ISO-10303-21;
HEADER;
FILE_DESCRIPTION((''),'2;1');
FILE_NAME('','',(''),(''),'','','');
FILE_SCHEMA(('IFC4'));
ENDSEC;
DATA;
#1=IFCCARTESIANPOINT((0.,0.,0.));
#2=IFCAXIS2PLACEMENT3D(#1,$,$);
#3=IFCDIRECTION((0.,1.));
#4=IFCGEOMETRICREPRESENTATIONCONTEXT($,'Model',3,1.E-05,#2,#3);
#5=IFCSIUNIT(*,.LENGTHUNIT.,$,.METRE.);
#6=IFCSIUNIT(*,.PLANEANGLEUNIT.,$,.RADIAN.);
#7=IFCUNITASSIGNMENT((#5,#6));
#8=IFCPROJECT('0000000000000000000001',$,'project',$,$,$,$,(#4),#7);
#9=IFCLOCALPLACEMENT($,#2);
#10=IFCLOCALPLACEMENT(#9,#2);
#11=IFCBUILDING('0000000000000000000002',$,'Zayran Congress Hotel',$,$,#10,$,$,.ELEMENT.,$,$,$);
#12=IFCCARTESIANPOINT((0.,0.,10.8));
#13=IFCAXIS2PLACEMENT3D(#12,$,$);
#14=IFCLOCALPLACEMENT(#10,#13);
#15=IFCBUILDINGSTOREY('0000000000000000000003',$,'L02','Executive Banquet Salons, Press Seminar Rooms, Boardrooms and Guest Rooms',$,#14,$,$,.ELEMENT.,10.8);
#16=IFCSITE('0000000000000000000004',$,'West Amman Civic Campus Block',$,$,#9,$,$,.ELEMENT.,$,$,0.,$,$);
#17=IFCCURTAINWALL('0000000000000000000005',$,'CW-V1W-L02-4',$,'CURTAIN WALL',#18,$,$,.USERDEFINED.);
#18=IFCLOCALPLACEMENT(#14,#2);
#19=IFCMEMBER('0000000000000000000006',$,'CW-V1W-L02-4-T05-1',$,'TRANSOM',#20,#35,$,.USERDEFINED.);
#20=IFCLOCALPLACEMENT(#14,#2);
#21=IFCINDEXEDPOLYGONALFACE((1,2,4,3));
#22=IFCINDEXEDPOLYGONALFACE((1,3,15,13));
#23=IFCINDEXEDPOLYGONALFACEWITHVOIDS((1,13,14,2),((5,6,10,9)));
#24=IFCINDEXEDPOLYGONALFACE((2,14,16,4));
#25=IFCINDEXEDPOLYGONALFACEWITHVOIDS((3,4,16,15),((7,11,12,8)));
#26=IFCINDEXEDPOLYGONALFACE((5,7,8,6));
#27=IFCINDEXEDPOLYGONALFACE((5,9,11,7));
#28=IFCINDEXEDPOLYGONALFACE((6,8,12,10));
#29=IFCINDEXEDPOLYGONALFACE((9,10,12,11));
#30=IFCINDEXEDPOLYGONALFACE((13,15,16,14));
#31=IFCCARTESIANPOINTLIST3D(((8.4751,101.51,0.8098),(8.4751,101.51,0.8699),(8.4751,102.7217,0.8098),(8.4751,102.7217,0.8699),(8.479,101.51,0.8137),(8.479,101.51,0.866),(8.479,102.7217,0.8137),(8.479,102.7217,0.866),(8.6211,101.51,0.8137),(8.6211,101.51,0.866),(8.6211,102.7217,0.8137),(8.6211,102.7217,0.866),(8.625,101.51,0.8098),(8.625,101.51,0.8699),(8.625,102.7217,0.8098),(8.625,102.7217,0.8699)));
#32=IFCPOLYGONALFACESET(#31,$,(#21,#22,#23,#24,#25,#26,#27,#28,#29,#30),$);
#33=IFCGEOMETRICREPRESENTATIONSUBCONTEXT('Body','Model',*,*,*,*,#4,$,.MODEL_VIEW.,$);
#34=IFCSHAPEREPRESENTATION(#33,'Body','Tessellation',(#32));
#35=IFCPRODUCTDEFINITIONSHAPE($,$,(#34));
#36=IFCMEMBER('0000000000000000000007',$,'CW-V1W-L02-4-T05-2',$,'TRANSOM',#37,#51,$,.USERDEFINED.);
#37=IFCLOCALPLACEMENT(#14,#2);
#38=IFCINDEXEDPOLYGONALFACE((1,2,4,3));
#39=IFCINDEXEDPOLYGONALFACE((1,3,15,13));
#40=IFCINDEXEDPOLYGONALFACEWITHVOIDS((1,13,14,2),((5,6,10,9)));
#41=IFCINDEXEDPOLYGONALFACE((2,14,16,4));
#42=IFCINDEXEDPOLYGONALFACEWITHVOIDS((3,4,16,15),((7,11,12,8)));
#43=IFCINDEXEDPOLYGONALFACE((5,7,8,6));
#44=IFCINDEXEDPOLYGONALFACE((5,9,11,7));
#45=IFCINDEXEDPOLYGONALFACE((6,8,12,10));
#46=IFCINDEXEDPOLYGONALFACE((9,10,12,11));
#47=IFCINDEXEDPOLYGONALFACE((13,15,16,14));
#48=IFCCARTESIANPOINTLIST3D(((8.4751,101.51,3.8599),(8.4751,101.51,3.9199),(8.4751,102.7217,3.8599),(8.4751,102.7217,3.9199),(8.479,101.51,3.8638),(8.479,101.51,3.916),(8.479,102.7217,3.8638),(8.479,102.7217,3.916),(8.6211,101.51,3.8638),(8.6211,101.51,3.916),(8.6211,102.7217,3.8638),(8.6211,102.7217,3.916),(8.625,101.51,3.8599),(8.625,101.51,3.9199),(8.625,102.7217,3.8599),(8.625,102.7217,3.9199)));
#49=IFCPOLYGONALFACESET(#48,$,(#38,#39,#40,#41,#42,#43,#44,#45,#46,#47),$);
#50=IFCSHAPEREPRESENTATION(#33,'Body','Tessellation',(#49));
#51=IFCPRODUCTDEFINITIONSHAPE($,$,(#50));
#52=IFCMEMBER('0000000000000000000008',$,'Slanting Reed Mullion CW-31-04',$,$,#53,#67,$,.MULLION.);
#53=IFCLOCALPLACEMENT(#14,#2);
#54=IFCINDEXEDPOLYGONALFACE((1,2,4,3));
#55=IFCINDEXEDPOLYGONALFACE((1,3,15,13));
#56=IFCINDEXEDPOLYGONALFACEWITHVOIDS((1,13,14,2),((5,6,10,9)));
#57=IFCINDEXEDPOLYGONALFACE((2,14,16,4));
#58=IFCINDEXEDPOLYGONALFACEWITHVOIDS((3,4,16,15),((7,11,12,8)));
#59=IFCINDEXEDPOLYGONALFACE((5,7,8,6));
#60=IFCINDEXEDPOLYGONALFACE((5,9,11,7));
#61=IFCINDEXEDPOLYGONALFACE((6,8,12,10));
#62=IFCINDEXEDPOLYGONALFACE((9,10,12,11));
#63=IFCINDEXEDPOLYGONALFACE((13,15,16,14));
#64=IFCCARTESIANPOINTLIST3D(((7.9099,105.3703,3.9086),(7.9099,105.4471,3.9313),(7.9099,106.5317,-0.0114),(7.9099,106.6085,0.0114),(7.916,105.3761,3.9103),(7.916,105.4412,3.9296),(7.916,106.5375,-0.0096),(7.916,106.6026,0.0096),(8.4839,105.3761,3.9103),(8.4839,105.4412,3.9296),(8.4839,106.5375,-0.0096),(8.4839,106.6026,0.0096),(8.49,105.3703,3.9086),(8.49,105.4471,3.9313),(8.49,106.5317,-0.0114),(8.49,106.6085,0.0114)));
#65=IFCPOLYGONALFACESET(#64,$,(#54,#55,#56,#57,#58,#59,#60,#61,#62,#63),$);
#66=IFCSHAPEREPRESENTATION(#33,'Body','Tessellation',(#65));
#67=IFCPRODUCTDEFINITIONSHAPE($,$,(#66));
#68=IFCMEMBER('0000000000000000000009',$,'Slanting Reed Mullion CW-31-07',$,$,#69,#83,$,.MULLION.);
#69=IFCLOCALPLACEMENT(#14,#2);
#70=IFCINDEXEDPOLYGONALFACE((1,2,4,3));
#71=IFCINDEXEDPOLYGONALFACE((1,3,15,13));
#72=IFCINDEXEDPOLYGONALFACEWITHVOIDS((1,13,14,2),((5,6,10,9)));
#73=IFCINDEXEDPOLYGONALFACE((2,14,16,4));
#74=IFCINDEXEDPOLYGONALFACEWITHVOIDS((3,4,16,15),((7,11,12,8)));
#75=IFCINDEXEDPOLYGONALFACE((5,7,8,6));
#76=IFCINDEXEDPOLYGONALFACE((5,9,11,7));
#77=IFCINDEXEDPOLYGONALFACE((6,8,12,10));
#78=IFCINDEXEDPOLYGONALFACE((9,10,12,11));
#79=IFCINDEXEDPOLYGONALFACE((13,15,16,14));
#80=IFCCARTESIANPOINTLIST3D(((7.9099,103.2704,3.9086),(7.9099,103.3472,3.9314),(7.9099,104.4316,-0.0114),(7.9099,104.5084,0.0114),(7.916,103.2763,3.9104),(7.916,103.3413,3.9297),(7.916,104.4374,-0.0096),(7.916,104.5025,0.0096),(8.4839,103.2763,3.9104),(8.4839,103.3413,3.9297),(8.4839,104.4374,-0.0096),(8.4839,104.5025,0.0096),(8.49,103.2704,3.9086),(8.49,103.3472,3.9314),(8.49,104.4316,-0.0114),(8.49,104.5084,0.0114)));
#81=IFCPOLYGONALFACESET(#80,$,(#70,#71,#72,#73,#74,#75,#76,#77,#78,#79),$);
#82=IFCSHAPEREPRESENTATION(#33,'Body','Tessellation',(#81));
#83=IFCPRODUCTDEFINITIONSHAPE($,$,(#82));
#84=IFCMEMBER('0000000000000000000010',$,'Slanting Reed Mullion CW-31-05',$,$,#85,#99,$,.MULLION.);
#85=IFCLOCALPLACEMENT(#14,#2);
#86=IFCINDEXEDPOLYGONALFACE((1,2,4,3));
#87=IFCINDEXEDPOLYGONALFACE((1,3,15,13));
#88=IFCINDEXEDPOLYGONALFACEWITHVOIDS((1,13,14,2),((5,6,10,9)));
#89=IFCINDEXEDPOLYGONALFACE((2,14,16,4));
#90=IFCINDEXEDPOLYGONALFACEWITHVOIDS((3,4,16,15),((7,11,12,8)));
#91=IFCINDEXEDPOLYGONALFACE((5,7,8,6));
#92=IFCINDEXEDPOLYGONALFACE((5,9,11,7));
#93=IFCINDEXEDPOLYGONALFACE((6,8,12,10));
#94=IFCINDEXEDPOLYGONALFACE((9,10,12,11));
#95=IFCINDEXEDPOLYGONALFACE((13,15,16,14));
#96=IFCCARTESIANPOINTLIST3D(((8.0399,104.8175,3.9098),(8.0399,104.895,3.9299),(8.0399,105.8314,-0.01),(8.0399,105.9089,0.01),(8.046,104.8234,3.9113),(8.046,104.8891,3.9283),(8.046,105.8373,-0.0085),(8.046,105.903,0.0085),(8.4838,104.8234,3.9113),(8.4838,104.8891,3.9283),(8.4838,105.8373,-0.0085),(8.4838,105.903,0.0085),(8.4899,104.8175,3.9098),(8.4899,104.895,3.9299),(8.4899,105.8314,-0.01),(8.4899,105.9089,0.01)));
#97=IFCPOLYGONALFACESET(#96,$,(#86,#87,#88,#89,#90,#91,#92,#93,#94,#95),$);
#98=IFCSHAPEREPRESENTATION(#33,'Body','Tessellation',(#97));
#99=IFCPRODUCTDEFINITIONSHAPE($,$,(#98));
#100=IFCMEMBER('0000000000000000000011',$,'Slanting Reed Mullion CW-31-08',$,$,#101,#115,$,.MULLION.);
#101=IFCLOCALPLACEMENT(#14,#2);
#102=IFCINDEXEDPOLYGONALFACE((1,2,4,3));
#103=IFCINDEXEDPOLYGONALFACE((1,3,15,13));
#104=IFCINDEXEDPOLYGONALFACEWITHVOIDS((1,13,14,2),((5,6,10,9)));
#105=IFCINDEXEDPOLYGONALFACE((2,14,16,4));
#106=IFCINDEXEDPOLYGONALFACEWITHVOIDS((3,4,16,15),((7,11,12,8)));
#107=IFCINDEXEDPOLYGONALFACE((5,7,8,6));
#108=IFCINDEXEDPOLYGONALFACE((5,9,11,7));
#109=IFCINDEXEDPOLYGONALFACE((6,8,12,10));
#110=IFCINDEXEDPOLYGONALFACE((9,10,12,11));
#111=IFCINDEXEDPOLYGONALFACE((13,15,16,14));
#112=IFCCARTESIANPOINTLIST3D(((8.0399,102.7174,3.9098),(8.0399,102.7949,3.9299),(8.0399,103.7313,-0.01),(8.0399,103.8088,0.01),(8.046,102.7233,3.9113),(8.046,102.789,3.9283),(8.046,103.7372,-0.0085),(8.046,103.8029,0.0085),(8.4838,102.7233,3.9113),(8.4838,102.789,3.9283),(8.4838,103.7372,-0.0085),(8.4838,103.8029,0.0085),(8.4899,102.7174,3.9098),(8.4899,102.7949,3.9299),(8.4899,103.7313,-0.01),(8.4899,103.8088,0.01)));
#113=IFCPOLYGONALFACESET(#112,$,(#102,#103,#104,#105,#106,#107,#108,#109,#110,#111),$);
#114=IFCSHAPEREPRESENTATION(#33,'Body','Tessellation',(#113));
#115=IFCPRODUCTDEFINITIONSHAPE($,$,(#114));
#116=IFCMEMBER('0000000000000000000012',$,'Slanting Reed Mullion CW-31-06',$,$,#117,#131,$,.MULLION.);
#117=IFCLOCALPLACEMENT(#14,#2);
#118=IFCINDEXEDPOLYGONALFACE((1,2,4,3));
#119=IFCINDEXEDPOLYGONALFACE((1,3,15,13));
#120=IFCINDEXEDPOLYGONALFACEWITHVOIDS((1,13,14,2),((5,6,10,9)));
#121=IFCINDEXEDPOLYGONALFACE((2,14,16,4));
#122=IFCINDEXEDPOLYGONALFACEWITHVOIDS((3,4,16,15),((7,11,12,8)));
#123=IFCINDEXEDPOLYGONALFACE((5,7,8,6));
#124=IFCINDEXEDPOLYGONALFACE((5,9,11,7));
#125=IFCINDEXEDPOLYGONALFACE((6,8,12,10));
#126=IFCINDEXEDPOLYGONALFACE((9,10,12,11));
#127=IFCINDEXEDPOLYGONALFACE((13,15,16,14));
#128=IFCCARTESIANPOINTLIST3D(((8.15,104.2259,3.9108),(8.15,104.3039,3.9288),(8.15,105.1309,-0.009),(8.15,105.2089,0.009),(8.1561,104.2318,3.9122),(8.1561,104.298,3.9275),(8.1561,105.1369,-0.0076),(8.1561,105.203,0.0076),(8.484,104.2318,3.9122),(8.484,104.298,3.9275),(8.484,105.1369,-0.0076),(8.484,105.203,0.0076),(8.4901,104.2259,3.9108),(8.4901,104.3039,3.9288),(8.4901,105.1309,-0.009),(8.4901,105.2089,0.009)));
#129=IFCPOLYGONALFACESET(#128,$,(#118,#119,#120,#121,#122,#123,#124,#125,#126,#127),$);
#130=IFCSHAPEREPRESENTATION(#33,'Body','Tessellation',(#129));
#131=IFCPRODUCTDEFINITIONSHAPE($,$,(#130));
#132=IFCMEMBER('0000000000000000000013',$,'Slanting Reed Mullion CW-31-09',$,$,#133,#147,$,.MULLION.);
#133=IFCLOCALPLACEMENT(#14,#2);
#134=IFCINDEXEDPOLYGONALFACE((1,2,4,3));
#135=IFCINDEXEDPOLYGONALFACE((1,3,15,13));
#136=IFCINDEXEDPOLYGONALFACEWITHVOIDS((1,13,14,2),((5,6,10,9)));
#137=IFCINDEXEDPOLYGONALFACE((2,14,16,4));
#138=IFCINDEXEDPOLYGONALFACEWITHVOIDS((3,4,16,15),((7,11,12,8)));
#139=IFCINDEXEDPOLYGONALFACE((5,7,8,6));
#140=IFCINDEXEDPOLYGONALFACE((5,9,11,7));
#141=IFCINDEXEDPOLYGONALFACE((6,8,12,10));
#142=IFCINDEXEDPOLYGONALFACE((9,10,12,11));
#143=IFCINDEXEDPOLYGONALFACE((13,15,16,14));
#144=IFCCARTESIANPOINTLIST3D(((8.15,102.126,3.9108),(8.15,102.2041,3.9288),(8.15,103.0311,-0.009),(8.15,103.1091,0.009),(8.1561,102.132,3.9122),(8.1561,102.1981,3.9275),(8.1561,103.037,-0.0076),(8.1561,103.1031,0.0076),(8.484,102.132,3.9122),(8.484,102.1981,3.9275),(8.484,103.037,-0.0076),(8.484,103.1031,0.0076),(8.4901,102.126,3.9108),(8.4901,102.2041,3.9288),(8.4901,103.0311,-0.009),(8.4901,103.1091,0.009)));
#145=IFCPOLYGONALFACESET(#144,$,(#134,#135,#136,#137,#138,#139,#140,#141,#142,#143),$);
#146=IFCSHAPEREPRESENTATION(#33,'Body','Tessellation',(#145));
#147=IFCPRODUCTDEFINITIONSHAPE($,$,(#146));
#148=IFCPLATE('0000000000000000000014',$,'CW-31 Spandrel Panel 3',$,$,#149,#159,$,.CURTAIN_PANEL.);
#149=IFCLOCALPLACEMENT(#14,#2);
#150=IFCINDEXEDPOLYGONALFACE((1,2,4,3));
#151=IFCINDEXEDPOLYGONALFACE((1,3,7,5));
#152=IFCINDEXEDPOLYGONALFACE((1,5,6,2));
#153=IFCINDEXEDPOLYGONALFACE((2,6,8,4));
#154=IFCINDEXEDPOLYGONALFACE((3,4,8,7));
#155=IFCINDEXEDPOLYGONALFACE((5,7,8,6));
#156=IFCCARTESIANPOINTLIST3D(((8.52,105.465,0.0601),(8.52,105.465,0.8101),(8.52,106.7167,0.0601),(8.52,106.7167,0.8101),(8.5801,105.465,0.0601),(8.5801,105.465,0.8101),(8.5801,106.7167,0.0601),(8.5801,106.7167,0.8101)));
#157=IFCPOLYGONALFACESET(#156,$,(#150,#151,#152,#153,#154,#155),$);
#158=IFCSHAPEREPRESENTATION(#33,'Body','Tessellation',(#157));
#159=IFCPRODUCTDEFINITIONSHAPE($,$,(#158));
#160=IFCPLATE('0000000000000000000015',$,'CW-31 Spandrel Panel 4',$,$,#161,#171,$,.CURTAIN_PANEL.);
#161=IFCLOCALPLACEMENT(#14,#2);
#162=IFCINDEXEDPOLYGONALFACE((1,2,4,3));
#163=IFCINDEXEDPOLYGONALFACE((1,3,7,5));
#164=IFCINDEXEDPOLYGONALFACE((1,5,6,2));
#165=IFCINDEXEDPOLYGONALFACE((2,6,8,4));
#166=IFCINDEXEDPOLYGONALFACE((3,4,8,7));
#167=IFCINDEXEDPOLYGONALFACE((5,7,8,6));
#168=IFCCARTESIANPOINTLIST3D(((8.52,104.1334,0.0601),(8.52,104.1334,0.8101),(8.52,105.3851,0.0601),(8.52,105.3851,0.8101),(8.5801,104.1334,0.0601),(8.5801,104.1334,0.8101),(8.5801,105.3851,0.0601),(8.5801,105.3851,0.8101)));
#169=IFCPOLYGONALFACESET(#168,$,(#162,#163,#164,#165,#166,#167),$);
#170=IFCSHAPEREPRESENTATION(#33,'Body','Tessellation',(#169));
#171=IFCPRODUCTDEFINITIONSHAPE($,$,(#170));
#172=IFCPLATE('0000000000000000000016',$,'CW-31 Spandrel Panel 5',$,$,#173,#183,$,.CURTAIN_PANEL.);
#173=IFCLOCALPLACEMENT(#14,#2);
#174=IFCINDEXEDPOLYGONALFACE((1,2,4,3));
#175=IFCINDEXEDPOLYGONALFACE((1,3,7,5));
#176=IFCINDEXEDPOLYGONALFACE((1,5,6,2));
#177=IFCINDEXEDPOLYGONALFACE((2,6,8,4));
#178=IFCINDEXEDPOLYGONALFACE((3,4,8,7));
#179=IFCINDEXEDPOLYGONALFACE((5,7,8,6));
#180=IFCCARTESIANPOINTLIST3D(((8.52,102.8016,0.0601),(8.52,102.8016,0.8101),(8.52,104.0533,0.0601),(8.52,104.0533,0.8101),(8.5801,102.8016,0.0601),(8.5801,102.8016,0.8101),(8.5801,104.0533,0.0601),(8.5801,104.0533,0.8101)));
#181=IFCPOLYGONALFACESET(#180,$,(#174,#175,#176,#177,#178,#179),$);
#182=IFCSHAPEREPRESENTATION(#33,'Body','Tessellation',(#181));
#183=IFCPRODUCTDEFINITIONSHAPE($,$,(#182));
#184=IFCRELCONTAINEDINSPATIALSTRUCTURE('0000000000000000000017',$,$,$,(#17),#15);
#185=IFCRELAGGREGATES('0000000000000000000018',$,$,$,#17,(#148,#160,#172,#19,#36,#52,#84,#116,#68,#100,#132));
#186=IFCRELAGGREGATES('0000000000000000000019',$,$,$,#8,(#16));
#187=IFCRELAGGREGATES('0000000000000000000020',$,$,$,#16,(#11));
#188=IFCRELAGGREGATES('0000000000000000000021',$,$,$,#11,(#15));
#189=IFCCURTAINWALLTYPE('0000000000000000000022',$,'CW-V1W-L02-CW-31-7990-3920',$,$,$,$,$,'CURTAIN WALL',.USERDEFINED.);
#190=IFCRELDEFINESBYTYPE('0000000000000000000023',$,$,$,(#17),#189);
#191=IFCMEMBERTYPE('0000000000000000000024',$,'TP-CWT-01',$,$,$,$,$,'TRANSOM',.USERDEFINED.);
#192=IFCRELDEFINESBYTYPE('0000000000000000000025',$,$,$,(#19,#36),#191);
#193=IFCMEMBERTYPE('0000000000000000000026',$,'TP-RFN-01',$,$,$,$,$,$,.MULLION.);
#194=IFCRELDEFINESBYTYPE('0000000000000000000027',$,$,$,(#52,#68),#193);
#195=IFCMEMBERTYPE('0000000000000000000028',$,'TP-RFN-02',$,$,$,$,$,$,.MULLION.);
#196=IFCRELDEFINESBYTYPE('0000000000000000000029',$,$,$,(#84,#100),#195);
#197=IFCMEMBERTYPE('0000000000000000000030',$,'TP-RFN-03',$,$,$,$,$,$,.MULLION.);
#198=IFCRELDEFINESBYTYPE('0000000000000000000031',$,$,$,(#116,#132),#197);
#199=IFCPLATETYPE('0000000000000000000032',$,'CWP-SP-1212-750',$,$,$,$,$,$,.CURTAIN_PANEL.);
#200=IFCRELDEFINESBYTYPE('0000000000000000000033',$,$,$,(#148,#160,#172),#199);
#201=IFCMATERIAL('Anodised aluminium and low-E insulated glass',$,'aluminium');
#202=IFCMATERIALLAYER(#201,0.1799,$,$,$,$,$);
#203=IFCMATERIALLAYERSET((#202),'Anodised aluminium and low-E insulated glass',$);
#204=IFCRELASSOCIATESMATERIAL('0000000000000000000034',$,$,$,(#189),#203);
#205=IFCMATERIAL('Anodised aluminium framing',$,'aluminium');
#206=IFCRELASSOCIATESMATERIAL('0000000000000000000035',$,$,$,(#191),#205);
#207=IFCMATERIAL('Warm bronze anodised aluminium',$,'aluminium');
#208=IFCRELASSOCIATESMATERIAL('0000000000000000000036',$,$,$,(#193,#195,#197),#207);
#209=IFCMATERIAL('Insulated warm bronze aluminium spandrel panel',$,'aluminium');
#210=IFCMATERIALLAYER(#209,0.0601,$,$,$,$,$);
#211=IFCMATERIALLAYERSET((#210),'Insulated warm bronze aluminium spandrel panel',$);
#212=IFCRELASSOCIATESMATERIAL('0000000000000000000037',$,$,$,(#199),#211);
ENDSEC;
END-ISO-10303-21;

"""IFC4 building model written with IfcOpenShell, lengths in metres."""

from ifc_helpers import new_model, si_unit, direction, frame, origin, origin_2d, place, context, subcontext, project, spatial, rectangle, hollow_rectangle, extrude, material, layer, layer_set, material_profile, profile_set, type_object, element, aggregate, save


model = new_model("IFC4")

# Units and contexts
model_context = context("Model", 3, precision=1e-05, world=origin(), true_north=direction((0.0, 1.0)))
body_context = subcontext(model_context, "Body", "Model", "MODEL_VIEW")
ifc_project = project(units=[si_unit("LENGTHUNIT", "METRE"), si_unit("PLANEANGLEUNIT", "RADIAN")], contexts=[model_context])

# Site, building, storey
site_placement = place(None, origin())
site = spatial("IfcSite", under=ifc_project, at=site_placement, Name="West Amman Civic Campus Block", CompositionType="ELEMENT", RefElevation=0.0)
building_placement = place(site_placement, origin())
building = spatial("IfcBuilding", under=site, at=building_placement, Name="Zayran Congress Hotel", CompositionType="ELEMENT")
storey_placement = place(building_placement, frame((0.0, 0.0, 10.8)))
storey = spatial("IfcBuildingStorey", under=building, at=storey_placement, Name="L02", Description="Executive Banquet Salons, Press Seminar Rooms, Boardrooms and Guest Rooms", CompositionType="ELEMENT", Elevation=10.8)

# Curtain wall, members, plates
ifc_material_1 = material(Name="Anodised aluminium and low-E insulated glass", Category="aluminium")
ifc_layer_1 = layer(ifc_material_1, 0.1799)
ifc_layer_set_1 = layer_set([ifc_layer_1], Name="Anodised aluminium and low-E insulated glass")
curtain_wall_type = type_object("IfcCurtainWallType", Name="CW-V1W-L02-CW-31-7990-3920", ElementType="CURTAIN WALL", PredefinedType="USERDEFINED", material=ifc_layer_set_1)
curtain_wall_placement = place(storey_placement, origin())
curtain_wall = element("IfcCurtainWall", 1, at=curtain_wall_placement, inside=storey, type_object=curtain_wall_type, Name="CW-V1W-L02-4", ObjectType="CURTAIN WALL", PredefinedType="USERDEFINED")
ifc_material_2 = material(Name="Anodised aluminium framing", Category="aluminium")
ifc_material_profile_1 = material_profile(ifc_material_2, hollow_rectangle(XDim=0.0601, YDim=0.1499, WallThickness=0.0039, at=origin_2d()), Name="RHS 150x60x4")
ifc_profile_set_1 = profile_set([ifc_material_profile_1], Name="Anodised aluminium framing")
member_type_1 = type_object("IfcMemberType", Name="TP-CWT-01", ElementType="TRANSOM", PredefinedType="USERDEFINED", material=ifc_profile_set_1)
member_1_placement = place(storey_placement, frame((8.55, 102.7217, 0.8398), z_axis=(0.0, -1.0, 0.0), x_axis=(0.0, 0.0, 1.0)))
member_1 = element("IfcMember", 2, at=member_1_placement, type_object=member_type_1, Name="CW-V1W-L02-4-T05-1", ObjectType="TRANSOM", PredefinedType="USERDEFINED", context=body_context, shape_type="SweptSolid", body=[
    extrude(hollow_rectangle(XDim=0.0601, YDim=0.1499, WallThickness=0.0039, at=origin_2d()), origin(), (0.0, 0.0, 1.0), 1.2117),
])
member_2_placement = place(storey_placement, frame((8.55, 102.7217, 3.8899), z_axis=(0.0, -1.0, 0.0), x_axis=(0.0, 0.0, 1.0)))
member_2 = element("IfcMember", 3, at=member_2_placement, type_object=member_type_1, Name="CW-V1W-L02-4-T05-2", ObjectType="TRANSOM", PredefinedType="USERDEFINED", context=body_context, shape_type="SweptSolid", body=[
    extrude(hollow_rectangle(XDim=0.0601, YDim=0.1499, WallThickness=0.0039, at=origin_2d()), origin(), (0.0, 0.0, 1.0), 1.2117),
])
ifc_material_3 = material(Name="Warm bronze anodised aluminium", Category="aluminium")
ifc_material_profile_2 = material_profile(ifc_material_3, hollow_rectangle(XDim=0.0801, YDim=0.5801, WallThickness=0.0061, at=origin_2d()), Name="RHS 580x80x6")
ifc_profile_set_2 = profile_set([ifc_material_profile_2], Name="Warm bronze anodised aluminium")
member_type_2 = type_object("IfcMemberType", Name="TP-RFN-01", PredefinedType="MULLION", material=ifc_profile_set_2)
member_3_placement = place(storey_placement, frame((8.2, 106.5701, 0.0), z_axis=(0.0, -0.28407, 0.958804), x_axis=(0.0, 0.958804, 0.28407)))
member_3 = element("IfcMember", 4, at=member_3_placement, type_object=member_type_2, Name="Slanting Reed Mullion CW-31-04", PredefinedType="MULLION", context=body_context, shape_type="SweptSolid", body=[
    extrude(hollow_rectangle(XDim=0.0801, YDim=0.5801, WallThickness=0.0061, at=origin_2d()), origin(), (0.0, 0.0, 1.0), 4.0884),
])
member_4_placement = place(storey_placement, frame((8.2, 104.47, 0.0), z_axis=(0.0, -0.284015, 0.95882), x_axis=(0.0, 0.95882, 0.284015)))
member_4 = element("IfcMember", 5, at=member_4_placement, type_object=member_type_2, Name="Slanting Reed Mullion CW-31-07", PredefinedType="MULLION", context=body_context, shape_type="SweptSolid", body=[
    extrude(hollow_rectangle(XDim=0.0801, YDim=0.5801, WallThickness=0.0061, at=origin_2d()), origin(), (0.0, 0.0, 1.0), 4.0884),
])
ifc_material_profile_3 = material_profile(ifc_material_3, hollow_rectangle(XDim=0.0801, YDim=0.45, WallThickness=0.0061, at=origin_2d()), Name="RHS 450x80x6")
ifc_profile_set_3 = profile_set([ifc_material_profile_3], Name="Warm bronze anodised aluminium")
member_type_3 = type_object("IfcMemberType", Name="TP-RFN-02", PredefinedType="MULLION", material=ifc_profile_set_3)
member_5_placement = place(storey_placement, frame((8.2649, 105.8701, 0.0), z_axis=(0.0, -0.250416, 0.968138), x_axis=(0.0, 0.968138, 0.250416)))
member_5 = element("IfcMember", 6, at=member_5_placement, type_object=member_type_3, Name="Slanting Reed Mullion CW-31-05", PredefinedType="MULLION", context=body_context, shape_type="SweptSolid", body=[
    extrude(hollow_rectangle(XDim=0.0801, YDim=0.45, WallThickness=0.0061, at=origin_2d()), origin(), (0.0, 0.0, 1.0), 4.0488),
])
member_6_placement = place(storey_placement, frame((8.2649, 103.77, 0.0), z_axis=(0.0, -0.250416, 0.968138), x_axis=(0.0, 0.968138, 0.250416)))
member_6 = element("IfcMember", 7, at=member_6_placement, type_object=member_type_3, Name="Slanting Reed Mullion CW-31-08", PredefinedType="MULLION", context=body_context, shape_type="SweptSolid", body=[
    extrude(hollow_rectangle(XDim=0.0801, YDim=0.45, WallThickness=0.0061, at=origin_2d()), origin(), (0.0, 0.0, 1.0), 4.0488),
])
ifc_material_profile_4 = material_profile(ifc_material_3, hollow_rectangle(XDim=0.0801, YDim=0.3401, WallThickness=0.0061, at=origin_2d()), Name="RHS 340x80x6")
ifc_profile_set_4 = profile_set([ifc_material_profile_4], Name="Warm bronze anodised aluminium")
member_type_4 = type_object("IfcMemberType", Name="TP-RFN-03", PredefinedType="MULLION", material=ifc_profile_set_4)
member_7_placement = place(storey_placement, frame((8.3201, 105.1699, 0.0), z_axis=(0.0, -0.224961, 0.974368), x_axis=(0.0, 0.974368, 0.224961)))
member_7 = element("IfcMember", 8, at=member_7_placement, type_object=member_type_4, Name="Slanting Reed Mullion CW-31-06", PredefinedType="MULLION", context=body_context, shape_type="SweptSolid", body=[
    extrude(hollow_rectangle(XDim=0.0801, YDim=0.3401, WallThickness=0.0061, at=origin_2d()), origin(), (0.0, 0.0, 1.0), 4.0229),
])
member_8_placement = place(storey_placement, frame((8.3201, 103.0701, 0.0), z_axis=(0.0, -0.224961, 0.974368), x_axis=(0.0, 0.974368, 0.224961)))
member_8 = element("IfcMember", 9, at=member_8_placement, type_object=member_type_4, Name="Slanting Reed Mullion CW-31-09", PredefinedType="MULLION", context=body_context, shape_type="SweptSolid", body=[
    extrude(hollow_rectangle(XDim=0.0801, YDim=0.3401, WallThickness=0.0061, at=origin_2d()), origin(), (0.0, 0.0, 1.0), 4.0229),
])
ifc_material_4 = material(Name="Insulated warm bronze aluminium spandrel panel", Category="aluminium")
ifc_layer_2 = layer(ifc_material_4, 0.0601)
ifc_layer_set_2 = layer_set([ifc_layer_2], Name="Insulated warm bronze aluminium spandrel panel")
plate_type_1 = type_object("IfcPlateType", Name="CWP-SP-1212-750", PredefinedType="CURTAIN_PANEL", material=ifc_layer_set_2)
plate_1_placement = place(storey_placement, frame((8.55, 106.0908, 0.0601), z_axis=(0.0, 0.0, 1.0), x_axis=(0.0, 1.0, 0.0)))
plate_1 = element("IfcPlate", 10, at=plate_1_placement, type_object=plate_type_1, Name="CW-31 Spandrel Panel 3", PredefinedType="CURTAIN_PANEL", context=body_context, shape_type="SweptSolid", body=[
    extrude(rectangle(XDim=1.2517, YDim=0.0601, at=origin_2d()), origin(), (0.0, 0.0, 1.0), 0.75),
])
plate_2_placement = place(storey_placement, frame((8.55, 104.7593, 0.0601), z_axis=(0.0, 0.0, 1.0), x_axis=(0.0, 1.0, 0.0)))
plate_2 = element("IfcPlate", 11, at=plate_2_placement, type_object=plate_type_1, Name="CW-31 Spandrel Panel 4", PredefinedType="CURTAIN_PANEL", context=body_context, shape_type="SweptSolid", body=[
    extrude(rectangle(XDim=1.2517, YDim=0.0601, at=origin_2d()), origin(), (0.0, 0.0, 1.0), 0.75),
])
plate_3_placement = place(storey_placement, frame((8.55, 103.4275, 0.0601), z_axis=(0.0, 0.0, 1.0), x_axis=(0.0, 1.0, 0.0)))
plate_3 = element("IfcPlate", 12, at=plate_3_placement, type_object=plate_type_1, Name="CW-31 Spandrel Panel 5", PredefinedType="CURTAIN_PANEL", context=body_context, shape_type="SweptSolid", body=[
    extrude(rectangle(XDim=1.2517, YDim=0.0601, at=origin_2d()), origin(), (0.0, 0.0, 1.0), 0.75),
])
aggregate(curtain_wall, [plate_1, plate_2, plate_3, member_1, member_2, member_3, member_5, member_7, member_4, member_6, member_8])

save(model, "model.ifc")
